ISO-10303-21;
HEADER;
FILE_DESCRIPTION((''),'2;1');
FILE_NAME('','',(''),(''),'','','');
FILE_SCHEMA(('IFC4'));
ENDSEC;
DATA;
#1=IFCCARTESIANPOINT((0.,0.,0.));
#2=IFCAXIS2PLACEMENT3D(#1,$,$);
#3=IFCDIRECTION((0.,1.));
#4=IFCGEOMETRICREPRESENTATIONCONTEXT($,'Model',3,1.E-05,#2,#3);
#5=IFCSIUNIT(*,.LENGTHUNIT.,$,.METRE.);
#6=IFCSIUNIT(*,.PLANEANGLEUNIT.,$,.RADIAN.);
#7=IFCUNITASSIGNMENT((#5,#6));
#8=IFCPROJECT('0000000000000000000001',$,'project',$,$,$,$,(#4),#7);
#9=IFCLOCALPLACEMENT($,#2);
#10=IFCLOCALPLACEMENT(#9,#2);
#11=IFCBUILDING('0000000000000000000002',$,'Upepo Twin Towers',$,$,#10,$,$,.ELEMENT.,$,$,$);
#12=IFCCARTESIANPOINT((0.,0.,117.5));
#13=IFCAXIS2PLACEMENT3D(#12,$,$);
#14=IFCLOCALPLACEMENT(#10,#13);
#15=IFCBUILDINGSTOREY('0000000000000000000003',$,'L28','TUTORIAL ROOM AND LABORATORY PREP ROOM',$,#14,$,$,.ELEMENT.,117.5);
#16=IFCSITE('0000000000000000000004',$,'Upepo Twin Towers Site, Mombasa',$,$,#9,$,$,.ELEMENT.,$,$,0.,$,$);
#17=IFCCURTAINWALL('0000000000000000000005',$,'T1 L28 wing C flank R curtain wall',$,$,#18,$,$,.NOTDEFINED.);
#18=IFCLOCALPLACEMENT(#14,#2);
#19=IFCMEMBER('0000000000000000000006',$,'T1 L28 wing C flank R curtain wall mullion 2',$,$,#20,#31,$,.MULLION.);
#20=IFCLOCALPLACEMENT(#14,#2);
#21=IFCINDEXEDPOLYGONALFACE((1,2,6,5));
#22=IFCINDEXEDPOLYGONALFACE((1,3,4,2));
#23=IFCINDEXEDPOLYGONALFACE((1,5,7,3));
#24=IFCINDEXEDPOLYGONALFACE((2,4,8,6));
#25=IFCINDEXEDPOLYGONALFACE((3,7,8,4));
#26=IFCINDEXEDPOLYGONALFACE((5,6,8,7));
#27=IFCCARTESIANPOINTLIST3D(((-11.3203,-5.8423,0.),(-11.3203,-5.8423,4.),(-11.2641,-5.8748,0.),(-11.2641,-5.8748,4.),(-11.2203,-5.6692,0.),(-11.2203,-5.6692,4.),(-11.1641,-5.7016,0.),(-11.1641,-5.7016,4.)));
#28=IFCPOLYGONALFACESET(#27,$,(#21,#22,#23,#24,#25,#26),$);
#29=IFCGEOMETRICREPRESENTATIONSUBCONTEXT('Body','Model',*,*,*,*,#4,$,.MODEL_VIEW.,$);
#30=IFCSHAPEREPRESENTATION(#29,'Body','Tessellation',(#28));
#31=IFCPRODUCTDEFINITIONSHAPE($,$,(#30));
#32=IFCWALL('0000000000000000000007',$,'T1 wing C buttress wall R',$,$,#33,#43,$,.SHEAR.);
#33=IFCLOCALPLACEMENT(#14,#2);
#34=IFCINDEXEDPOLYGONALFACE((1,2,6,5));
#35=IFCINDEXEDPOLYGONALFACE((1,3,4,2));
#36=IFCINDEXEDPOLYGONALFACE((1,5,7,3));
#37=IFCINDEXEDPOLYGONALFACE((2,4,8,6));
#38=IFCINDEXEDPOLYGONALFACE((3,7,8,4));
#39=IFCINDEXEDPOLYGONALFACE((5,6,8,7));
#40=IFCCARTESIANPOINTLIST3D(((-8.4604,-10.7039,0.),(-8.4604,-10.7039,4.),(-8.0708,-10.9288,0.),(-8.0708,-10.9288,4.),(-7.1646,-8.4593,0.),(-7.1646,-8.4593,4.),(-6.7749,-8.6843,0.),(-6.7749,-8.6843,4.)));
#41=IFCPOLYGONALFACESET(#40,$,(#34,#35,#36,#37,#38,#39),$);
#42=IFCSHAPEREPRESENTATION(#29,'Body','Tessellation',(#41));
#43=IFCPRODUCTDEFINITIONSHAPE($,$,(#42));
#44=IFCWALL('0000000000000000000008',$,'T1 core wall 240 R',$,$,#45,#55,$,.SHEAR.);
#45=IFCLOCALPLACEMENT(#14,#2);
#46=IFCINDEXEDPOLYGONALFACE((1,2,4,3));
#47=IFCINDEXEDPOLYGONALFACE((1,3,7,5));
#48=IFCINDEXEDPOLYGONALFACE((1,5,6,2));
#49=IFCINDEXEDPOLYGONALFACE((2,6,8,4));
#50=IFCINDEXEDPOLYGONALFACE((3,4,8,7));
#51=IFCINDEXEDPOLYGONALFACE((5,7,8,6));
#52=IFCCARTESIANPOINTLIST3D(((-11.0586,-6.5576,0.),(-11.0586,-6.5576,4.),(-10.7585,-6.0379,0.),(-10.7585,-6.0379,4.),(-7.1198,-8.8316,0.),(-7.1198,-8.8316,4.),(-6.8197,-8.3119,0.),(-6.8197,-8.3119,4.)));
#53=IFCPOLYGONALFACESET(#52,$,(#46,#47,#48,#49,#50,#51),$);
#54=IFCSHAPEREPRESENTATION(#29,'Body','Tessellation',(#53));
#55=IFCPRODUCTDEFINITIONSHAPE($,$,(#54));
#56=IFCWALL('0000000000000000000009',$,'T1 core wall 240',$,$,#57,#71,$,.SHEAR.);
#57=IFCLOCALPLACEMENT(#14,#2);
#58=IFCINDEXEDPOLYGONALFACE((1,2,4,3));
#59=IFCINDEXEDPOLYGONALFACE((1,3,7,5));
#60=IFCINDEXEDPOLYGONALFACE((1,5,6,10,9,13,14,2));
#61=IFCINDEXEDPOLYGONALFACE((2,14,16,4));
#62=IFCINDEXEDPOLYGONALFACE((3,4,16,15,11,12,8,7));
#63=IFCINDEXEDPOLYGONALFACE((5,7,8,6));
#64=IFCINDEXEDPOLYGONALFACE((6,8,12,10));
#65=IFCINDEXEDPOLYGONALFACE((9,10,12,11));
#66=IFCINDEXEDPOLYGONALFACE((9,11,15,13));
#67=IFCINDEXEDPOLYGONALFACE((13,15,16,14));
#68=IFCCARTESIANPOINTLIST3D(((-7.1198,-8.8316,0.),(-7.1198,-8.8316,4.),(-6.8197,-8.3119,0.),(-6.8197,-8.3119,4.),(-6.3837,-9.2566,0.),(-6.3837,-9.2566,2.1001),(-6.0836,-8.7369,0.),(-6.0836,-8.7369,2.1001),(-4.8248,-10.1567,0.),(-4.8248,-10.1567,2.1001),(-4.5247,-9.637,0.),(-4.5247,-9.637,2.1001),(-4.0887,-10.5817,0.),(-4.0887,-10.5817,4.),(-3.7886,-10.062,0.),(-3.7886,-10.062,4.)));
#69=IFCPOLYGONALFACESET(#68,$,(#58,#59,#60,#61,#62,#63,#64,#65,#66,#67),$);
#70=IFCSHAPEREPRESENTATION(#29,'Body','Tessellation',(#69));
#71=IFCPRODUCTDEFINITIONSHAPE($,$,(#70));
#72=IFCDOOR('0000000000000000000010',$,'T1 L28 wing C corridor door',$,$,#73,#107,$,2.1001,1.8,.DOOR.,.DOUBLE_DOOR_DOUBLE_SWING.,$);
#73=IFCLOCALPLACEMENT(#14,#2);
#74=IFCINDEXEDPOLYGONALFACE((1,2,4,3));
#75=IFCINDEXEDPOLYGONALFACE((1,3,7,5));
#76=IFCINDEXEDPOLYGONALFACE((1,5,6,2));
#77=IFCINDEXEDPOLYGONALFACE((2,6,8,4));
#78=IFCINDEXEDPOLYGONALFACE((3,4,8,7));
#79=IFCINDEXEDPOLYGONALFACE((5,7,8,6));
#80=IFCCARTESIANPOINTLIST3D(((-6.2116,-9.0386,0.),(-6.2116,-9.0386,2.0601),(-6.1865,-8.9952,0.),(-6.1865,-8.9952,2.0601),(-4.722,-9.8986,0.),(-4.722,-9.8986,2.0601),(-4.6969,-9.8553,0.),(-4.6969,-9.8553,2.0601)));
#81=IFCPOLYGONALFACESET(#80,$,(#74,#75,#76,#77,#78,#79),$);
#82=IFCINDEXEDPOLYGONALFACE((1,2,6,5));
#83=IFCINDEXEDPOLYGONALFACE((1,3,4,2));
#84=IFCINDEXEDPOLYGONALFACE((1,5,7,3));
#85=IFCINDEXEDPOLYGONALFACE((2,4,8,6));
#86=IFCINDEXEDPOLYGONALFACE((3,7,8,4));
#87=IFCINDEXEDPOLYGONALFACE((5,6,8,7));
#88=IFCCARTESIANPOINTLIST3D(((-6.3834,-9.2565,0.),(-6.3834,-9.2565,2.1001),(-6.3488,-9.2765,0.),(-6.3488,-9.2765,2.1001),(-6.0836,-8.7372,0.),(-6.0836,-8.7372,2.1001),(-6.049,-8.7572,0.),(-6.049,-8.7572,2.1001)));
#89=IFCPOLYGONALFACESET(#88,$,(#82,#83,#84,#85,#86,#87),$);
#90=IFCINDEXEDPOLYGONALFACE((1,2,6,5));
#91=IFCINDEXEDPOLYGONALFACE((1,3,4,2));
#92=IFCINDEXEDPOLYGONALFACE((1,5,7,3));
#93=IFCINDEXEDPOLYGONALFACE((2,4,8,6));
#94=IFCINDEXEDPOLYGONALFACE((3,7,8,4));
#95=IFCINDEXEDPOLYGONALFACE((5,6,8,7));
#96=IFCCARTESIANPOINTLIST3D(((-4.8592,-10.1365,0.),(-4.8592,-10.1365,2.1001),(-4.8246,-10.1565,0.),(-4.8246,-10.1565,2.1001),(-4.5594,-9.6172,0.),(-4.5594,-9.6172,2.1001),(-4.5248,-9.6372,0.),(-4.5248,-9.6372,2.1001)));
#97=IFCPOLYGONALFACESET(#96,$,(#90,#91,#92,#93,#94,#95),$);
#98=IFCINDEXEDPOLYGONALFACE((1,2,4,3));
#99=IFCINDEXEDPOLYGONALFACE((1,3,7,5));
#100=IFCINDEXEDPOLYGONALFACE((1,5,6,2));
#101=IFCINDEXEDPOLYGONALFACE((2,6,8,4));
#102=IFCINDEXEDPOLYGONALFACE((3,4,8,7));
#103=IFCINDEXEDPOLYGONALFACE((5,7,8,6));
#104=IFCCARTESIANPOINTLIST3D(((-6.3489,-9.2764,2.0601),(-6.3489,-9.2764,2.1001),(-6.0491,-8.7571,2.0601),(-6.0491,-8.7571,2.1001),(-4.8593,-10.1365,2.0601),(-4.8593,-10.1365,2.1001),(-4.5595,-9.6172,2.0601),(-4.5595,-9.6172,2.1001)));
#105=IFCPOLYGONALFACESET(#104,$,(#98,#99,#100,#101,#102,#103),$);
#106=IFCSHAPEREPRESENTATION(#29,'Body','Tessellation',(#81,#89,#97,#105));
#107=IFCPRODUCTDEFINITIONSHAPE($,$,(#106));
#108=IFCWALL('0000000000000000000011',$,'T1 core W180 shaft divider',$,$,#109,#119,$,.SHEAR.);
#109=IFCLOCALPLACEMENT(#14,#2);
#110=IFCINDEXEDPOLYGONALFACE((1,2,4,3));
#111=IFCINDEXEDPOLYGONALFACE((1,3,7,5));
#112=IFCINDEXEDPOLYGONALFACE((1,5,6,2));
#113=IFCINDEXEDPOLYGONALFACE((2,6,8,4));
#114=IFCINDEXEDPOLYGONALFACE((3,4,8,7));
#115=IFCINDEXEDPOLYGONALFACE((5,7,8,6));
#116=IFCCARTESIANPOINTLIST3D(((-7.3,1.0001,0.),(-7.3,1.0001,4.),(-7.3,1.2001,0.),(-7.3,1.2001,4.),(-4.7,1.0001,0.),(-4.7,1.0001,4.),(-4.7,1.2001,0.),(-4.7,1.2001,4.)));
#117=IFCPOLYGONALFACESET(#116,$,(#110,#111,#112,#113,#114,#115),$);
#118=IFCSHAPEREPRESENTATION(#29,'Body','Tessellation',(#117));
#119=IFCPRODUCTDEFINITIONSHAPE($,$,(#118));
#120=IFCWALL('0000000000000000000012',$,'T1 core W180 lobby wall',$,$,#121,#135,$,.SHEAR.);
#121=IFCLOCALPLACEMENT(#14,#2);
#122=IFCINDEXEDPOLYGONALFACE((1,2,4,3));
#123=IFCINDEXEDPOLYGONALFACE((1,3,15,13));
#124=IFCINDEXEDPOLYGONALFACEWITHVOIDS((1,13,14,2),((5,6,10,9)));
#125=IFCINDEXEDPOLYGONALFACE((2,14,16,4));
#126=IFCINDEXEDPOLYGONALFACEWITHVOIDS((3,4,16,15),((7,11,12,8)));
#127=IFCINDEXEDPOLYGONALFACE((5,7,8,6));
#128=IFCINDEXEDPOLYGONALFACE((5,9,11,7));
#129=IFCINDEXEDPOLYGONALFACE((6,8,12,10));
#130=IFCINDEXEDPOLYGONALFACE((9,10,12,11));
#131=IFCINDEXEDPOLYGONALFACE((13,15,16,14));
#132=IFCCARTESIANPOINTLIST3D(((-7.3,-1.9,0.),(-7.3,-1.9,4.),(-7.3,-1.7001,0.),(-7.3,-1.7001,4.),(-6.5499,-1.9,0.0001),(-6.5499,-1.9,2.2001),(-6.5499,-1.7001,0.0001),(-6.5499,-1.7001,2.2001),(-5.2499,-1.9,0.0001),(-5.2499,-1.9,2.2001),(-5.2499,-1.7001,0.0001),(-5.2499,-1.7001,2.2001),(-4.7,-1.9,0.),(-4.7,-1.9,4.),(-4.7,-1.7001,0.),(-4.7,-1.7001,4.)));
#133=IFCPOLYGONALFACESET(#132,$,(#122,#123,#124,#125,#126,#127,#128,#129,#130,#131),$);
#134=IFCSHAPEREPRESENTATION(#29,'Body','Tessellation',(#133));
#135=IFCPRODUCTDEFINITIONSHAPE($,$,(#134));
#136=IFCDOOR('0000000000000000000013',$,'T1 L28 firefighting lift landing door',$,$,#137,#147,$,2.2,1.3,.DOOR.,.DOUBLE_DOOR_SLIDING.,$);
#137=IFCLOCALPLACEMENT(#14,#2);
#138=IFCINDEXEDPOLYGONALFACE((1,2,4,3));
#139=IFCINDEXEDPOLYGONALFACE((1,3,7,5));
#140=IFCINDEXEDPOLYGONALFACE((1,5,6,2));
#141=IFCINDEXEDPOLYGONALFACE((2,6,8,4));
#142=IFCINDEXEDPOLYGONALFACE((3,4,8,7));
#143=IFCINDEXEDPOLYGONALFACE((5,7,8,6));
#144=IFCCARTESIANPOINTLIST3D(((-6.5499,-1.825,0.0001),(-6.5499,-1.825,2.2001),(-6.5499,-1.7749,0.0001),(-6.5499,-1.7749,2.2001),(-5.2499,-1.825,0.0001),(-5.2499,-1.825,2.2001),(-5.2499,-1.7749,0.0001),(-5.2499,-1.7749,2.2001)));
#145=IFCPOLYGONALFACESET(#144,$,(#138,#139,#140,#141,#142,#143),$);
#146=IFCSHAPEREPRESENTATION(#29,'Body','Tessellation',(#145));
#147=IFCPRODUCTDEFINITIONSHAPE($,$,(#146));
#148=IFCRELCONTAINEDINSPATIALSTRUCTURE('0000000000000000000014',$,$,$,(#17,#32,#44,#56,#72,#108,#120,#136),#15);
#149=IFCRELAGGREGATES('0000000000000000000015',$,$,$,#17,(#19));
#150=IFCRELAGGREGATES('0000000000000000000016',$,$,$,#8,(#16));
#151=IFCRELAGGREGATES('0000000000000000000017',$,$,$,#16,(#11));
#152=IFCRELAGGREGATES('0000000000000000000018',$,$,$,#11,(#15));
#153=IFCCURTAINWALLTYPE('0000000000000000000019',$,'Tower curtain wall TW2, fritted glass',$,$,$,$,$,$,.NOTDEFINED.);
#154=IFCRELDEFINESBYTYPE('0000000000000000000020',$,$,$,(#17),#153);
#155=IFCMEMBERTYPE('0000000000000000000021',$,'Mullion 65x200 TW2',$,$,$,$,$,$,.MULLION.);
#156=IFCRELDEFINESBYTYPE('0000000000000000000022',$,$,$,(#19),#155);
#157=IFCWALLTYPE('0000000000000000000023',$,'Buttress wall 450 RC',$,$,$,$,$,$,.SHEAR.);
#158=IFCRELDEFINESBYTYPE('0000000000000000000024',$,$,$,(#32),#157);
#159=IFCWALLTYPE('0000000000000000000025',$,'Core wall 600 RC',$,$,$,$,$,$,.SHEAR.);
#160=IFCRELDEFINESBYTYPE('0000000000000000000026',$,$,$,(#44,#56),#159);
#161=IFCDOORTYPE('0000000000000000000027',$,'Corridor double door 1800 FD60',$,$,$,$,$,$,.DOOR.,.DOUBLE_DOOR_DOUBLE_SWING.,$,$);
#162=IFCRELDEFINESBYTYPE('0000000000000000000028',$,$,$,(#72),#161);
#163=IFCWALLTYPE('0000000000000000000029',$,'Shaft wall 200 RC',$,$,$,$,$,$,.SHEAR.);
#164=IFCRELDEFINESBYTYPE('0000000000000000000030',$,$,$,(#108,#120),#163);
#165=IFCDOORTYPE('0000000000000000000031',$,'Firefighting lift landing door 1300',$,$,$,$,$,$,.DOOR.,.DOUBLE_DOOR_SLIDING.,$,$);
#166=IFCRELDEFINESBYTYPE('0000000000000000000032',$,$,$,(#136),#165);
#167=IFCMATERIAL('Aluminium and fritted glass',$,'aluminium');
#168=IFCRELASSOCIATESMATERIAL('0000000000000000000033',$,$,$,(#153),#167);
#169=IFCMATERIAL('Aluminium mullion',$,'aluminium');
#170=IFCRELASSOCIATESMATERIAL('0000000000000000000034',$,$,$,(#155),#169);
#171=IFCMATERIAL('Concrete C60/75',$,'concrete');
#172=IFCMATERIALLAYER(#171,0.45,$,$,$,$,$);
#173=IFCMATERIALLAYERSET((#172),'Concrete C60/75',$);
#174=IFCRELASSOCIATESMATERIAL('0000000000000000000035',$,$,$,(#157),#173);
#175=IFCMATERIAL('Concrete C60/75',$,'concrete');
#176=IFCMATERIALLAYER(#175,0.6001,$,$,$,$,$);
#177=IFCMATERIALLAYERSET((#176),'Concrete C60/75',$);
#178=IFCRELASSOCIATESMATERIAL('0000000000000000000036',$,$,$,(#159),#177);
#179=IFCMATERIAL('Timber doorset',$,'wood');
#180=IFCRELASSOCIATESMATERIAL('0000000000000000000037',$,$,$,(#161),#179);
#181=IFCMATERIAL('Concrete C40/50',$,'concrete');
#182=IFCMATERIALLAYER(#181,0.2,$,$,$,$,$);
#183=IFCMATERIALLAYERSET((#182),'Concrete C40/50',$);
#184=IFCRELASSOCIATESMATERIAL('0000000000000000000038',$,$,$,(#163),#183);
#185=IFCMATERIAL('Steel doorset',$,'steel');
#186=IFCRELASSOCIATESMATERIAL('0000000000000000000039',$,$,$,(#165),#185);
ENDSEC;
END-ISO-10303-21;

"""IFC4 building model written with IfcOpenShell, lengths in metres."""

from ifc_helpers import new_model, si_unit, direction, frame, frame_2d, origin, origin_2d, place, context, subcontext, project, spatial, rectangle, extrude, material, layer, layer_set, material_profile, profile_set, type_object, element, fill, aggregate, save


model = new_model("IFC4")

# Units and contexts
model_context = context("Model", 3, precision=1e-05, world=origin(), true_north=direction((0.0, 1.0)))
body_context = subcontext(model_context, "Body", "Model", "MODEL_VIEW")
ifc_project = project(units=[si_unit("LENGTHUNIT", "METRE"), si_unit("PLANEANGLEUNIT", "RADIAN")], contexts=[model_context])

# Site, building, storey
site_placement = place(None, origin())
site = spatial("IfcSite", under=ifc_project, at=site_placement, Name="Upepo Twin Towers Site, Mombasa", CompositionType="ELEMENT", RefElevation=0.0)
building_placement = place(site_placement, origin())
building = spatial("IfcBuilding", under=site, at=building_placement, Name="Upepo Twin Towers", CompositionType="ELEMENT")
storey_placement = place(building_placement, frame((0.0, 0.0, 117.5)))
storey = spatial("IfcBuildingStorey", under=building, at=storey_placement, Name="L28", Description="TUTORIAL ROOM AND LABORATORY PREP ROOM", CompositionType="ELEMENT", Elevation=117.5)

# Curtain wall, member
ifc_material_1 = material(Name="Aluminium and fritted glass", Category="aluminium")
curtain_wall_type = type_object("IfcCurtainWallType", Name="Tower curtain wall TW2, fritted glass", PredefinedType="NOTDEFINED", material=ifc_material_1)
curtain_wall_placement = place(storey_placement, origin())
curtain_wall = element("IfcCurtainWall", 1, at=curtain_wall_placement, inside=storey, type_object=curtain_wall_type, Name="T1 L28 wing C flank R curtain wall", PredefinedType="NOTDEFINED")
ifc_material_2 = material(Name="Aluminium mullion", Category="aluminium")
ifc_material_profile = material_profile(ifc_material_2, rectangle(XDim=0.0649, YDim=0.2, at=origin_2d()), Name="MULLION 65x200")
ifc_profile_set = profile_set([ifc_material_profile], Name="Aluminium mullion")
member_type = type_object("IfcMemberType", Name="Mullion 65x200 TW2", PredefinedType="MULLION", material=ifc_profile_set)
member_placement = place(storey_placement, frame((-11.2422, -5.772, 0.0), z_axis=(0.0, 0.0, 1.0), x_axis=(-0.866025, 0.5, 0.0)))
member = element("IfcMember", 2, at=member_placement, type_object=member_type, Name="T1 L28 wing C flank R curtain wall mullion 2", PredefinedType="MULLION", context=body_context, shape_type="SweptSolid", body=[
    extrude(rectangle(XDim=0.0649, YDim=0.2, at=origin_2d()), origin(), (0.0, 0.0, 1.0), 4.0),
])
aggregate(curtain_wall, [member])

# Walls
ifc_material_3 = material(Name="Concrete C60/75", Category="concrete")
ifc_layer_1 = layer(ifc_material_3, 0.45)
ifc_layer_set_1 = layer_set([ifc_layer_1], Name="Concrete C60/75")
wall_type_1 = type_object("IfcWallType", Name="Buttress wall 450 RC", PredefinedType="SHEAR", material=ifc_layer_set_1)
wall_1_placement = place(storey_placement, frame((-6.9697, -8.5718, 0.0), z_axis=(0.0, 0.0, 1.0), x_axis=(-0.499989, -0.866032, 0.0)))
element("IfcWall", 3, at=wall_1_placement, inside=storey, type_object=wall_type_1, Name="T1 wing C buttress wall R", PredefinedType="SHEAR", context=body_context, shape_type="SweptSolid", body=[
    extrude(rectangle(XDim=2.5918, YDim=0.45, at=frame_2d((1.2959, 0.0))), origin(), (0.0, 0.0, 1.0), 4.0),
])
ifc_material_4 = material(Name="Concrete C60/75", Category="concrete")
ifc_layer_2 = layer(ifc_material_4, 0.6001)
ifc_layer_set_2 = layer_set([ifc_layer_2], Name="Concrete C60/75")
wall_type_2 = type_object("IfcWallType", Name="Core wall 600 RC", PredefinedType="SHEAR", material=ifc_layer_set_2)
wall_2_placement = place(storey_placement, frame((-10.9084, -6.2979, 0.0), z_axis=(0.0, 0.0, 1.0), x_axis=(0.866035, -0.499984, 0.0)))
element("IfcWall", 4, at=wall_2_placement, inside=storey, type_object=wall_type_2, Name="T1 core wall 240 R", PredefinedType="SHEAR", context=body_context, shape_type="SweptSolid", body=[
    extrude(rectangle(XDim=4.5481, YDim=0.6001, at=frame_2d((2.2739, 0.0))), origin(), (0.0, 0.0, 1.0), 4.0),
])

# Wall, opening, door
wall_3_placement = place(storey_placement, frame((-6.9697, -8.5718, 0.0), z_axis=(0.0, 0.0, 1.0), x_axis=(0.866019, -0.50001, 0.0)))
wall_3 = element("IfcWall", 5, at=wall_3_placement, inside=storey, type_object=wall_type_2, Name="T1 core wall 240", PredefinedType="SHEAR", context=body_context, shape_type="SweptSolid", body=[
    extrude(rectangle(XDim=3.5, YDim=0.6001, at=frame_2d((1.75, 0.0))), origin(), (0.0, 0.0, 1.0), 4.0),
])
opening_1_placement = place(wall_3_placement, frame((0.8501, 0.0, 0.0)))
opening_1 = element("IfcOpeningElement", 6, at=opening_1_placement, cuts=wall_3, PredefinedType="OPENING", context=body_context, shape_type="SweptSolid", body=[
    extrude(rectangle(XDim=1.8, YDim=2.1001, at=frame_2d((0.8999, 1.05))), frame((0.0, 0.3101, 0.0), z_axis=(0.0, -1.0, 0.0), x_axis=(1.0, 0.0, 0.0)), (0.0, 0.0, 1.0), 0.6201),
])
ifc_material_5 = material(Name="Timber doorset", Category="wood")
door_type_1 = type_object("IfcDoorType", Name="Corridor double door 1800 FD60", OperationType="DOUBLE_DOOR_DOUBLE_SWING", PredefinedType="DOOR", material=ifc_material_5)
door_1_placement = place(opening_1_placement, origin())
door_1 = element("IfcDoor", 7, at=door_1_placement, inside=storey, type_object=door_type_1, Name="T1 L28 wing C corridor door", OperationType="DOUBLE_DOOR_DOUBLE_SWING", OverallHeight=2.1001, OverallWidth=1.8, PredefinedType="DOOR", context=body_context, shape_type="SweptSolid", body=[
    extrude(rectangle(XDim=1.72, YDim=2.0601, at=frame_2d((0.8999, 1.03))), frame((0.0, 0.0249, 0.0), z_axis=(0.0, -1.0, 0.0), x_axis=(1.0, 0.0, 0.0)), (0.0, 0.0, 1.0), 0.05),
    extrude(rectangle(XDim=0.04, YDim=2.1001, at=frame_2d((0.02, 1.05))), frame((0.0, 0.2998, 0.0), z_axis=(0.0, -1.0, 0.0), x_axis=(1.0, 0.0, 0.0)), (0.0, 0.0, 1.0), 0.5996),
    extrude(rectangle(XDim=0.04, YDim=2.1001, at=frame_2d((1.78, 1.05))), frame((0.0, 0.2998, 0.0), z_axis=(0.0, -1.0, 0.0), x_axis=(1.0, 0.0, 0.0)), (0.0, 0.0, 1.0), 0.5996),
    extrude(rectangle(XDim=1.72, YDim=0.04, at=frame_2d((0.8999, 2.0801))), frame((0.0, 0.2998, 0.0), z_axis=(0.0, -1.0, 0.0), x_axis=(1.0, 0.0, 0.0)), (0.0, 0.0, 1.0), 0.5996),
])
fill(opening_1, door_1)

# Wall
ifc_material_6 = material(Name="Concrete C40/50", Category="concrete")
ifc_layer_3 = layer(ifc_material_6, 0.2)
ifc_layer_set_3 = layer_set([ifc_layer_3], Name="Concrete C40/50")
wall_type_3 = type_object("IfcWallType", Name="Shaft wall 200 RC", PredefinedType="SHEAR", material=ifc_layer_set_3)
wall_4_placement = place(storey_placement, frame((-4.7, 1.1001, 0.0), z_axis=(0.0, 0.0, 1.0), x_axis=(-1.0, 0.0, 0.0)))
element("IfcWall", 8, at=wall_4_placement, inside=storey, type_object=wall_type_3, Name="T1 core W180 shaft divider", PredefinedType="SHEAR", context=body_context, shape_type="SweptSolid", body=[
    extrude(rectangle(XDim=2.6001, YDim=0.2, at=frame_2d((1.3, 0.0))), origin(), (0.0, 0.0, 1.0), 4.0),
])

# Wall, opening, door
wall_5_placement = place(storey_placement, frame((-4.7, -1.8, 0.0), z_axis=(0.0, 0.0, 1.0), x_axis=(-1.0, 0.0, 0.0)))
wall_5 = element("IfcWall", 9, at=wall_5_placement, inside=storey, type_object=wall_type_3, Name="T1 core W180 lobby wall", PredefinedType="SHEAR", context=body_context, shape_type="SweptSolid", body=[
    extrude(rectangle(XDim=2.6001, YDim=0.2, at=frame_2d((1.3, 0.0))), origin(), (0.0, 0.0, 1.0), 4.0),
])
opening_2_placement = place(wall_5_placement, frame((0.55, 0.0, 0.0)))
opening_2 = element("IfcOpeningElement", 10, at=opening_2_placement, cuts=wall_5, PredefinedType="OPENING", context=body_context, shape_type="SweptSolid", body=[
    extrude(rectangle(XDim=1.3, YDim=2.2, at=frame_2d((0.6499, 1.1001))), frame((0.0, 0.1099, 0.0), z_axis=(0.0, -1.0, 0.0), x_axis=(1.0, 0.0, 0.0)), (0.0, 0.0, 1.0), 0.22),
])
ifc_material_7 = material(Name="Steel doorset", Category="steel")
door_type_2 = type_object("IfcDoorType", Name="Firefighting lift landing door 1300", OperationType="DOUBLE_DOOR_SLIDING", PredefinedType="DOOR", material=ifc_material_7)
door_2_placement = place(opening_2_placement, origin())
door_2 = element("IfcDoor", 11, at=door_2_placement, inside=storey, type_object=door_type_2, Name="T1 L28 firefighting lift landing door", OperationType="DOUBLE_DOOR_SLIDING", OverallHeight=2.2, OverallWidth=1.3, PredefinedType="DOOR", context=body_context, shape_type="SweptSolid", body=[
    extrude(rectangle(XDim=1.3, YDim=2.2, at=frame_2d((0.6499, 1.1001))), frame((0.0, 0.0249, 0.0), z_axis=(0.0, -1.0, 0.0), x_axis=(1.0, 0.0, 0.0)), (0.0, 0.0, 1.0), 0.05),
])
fill(opening_2, door_2)

save(model, "model.ifc")
